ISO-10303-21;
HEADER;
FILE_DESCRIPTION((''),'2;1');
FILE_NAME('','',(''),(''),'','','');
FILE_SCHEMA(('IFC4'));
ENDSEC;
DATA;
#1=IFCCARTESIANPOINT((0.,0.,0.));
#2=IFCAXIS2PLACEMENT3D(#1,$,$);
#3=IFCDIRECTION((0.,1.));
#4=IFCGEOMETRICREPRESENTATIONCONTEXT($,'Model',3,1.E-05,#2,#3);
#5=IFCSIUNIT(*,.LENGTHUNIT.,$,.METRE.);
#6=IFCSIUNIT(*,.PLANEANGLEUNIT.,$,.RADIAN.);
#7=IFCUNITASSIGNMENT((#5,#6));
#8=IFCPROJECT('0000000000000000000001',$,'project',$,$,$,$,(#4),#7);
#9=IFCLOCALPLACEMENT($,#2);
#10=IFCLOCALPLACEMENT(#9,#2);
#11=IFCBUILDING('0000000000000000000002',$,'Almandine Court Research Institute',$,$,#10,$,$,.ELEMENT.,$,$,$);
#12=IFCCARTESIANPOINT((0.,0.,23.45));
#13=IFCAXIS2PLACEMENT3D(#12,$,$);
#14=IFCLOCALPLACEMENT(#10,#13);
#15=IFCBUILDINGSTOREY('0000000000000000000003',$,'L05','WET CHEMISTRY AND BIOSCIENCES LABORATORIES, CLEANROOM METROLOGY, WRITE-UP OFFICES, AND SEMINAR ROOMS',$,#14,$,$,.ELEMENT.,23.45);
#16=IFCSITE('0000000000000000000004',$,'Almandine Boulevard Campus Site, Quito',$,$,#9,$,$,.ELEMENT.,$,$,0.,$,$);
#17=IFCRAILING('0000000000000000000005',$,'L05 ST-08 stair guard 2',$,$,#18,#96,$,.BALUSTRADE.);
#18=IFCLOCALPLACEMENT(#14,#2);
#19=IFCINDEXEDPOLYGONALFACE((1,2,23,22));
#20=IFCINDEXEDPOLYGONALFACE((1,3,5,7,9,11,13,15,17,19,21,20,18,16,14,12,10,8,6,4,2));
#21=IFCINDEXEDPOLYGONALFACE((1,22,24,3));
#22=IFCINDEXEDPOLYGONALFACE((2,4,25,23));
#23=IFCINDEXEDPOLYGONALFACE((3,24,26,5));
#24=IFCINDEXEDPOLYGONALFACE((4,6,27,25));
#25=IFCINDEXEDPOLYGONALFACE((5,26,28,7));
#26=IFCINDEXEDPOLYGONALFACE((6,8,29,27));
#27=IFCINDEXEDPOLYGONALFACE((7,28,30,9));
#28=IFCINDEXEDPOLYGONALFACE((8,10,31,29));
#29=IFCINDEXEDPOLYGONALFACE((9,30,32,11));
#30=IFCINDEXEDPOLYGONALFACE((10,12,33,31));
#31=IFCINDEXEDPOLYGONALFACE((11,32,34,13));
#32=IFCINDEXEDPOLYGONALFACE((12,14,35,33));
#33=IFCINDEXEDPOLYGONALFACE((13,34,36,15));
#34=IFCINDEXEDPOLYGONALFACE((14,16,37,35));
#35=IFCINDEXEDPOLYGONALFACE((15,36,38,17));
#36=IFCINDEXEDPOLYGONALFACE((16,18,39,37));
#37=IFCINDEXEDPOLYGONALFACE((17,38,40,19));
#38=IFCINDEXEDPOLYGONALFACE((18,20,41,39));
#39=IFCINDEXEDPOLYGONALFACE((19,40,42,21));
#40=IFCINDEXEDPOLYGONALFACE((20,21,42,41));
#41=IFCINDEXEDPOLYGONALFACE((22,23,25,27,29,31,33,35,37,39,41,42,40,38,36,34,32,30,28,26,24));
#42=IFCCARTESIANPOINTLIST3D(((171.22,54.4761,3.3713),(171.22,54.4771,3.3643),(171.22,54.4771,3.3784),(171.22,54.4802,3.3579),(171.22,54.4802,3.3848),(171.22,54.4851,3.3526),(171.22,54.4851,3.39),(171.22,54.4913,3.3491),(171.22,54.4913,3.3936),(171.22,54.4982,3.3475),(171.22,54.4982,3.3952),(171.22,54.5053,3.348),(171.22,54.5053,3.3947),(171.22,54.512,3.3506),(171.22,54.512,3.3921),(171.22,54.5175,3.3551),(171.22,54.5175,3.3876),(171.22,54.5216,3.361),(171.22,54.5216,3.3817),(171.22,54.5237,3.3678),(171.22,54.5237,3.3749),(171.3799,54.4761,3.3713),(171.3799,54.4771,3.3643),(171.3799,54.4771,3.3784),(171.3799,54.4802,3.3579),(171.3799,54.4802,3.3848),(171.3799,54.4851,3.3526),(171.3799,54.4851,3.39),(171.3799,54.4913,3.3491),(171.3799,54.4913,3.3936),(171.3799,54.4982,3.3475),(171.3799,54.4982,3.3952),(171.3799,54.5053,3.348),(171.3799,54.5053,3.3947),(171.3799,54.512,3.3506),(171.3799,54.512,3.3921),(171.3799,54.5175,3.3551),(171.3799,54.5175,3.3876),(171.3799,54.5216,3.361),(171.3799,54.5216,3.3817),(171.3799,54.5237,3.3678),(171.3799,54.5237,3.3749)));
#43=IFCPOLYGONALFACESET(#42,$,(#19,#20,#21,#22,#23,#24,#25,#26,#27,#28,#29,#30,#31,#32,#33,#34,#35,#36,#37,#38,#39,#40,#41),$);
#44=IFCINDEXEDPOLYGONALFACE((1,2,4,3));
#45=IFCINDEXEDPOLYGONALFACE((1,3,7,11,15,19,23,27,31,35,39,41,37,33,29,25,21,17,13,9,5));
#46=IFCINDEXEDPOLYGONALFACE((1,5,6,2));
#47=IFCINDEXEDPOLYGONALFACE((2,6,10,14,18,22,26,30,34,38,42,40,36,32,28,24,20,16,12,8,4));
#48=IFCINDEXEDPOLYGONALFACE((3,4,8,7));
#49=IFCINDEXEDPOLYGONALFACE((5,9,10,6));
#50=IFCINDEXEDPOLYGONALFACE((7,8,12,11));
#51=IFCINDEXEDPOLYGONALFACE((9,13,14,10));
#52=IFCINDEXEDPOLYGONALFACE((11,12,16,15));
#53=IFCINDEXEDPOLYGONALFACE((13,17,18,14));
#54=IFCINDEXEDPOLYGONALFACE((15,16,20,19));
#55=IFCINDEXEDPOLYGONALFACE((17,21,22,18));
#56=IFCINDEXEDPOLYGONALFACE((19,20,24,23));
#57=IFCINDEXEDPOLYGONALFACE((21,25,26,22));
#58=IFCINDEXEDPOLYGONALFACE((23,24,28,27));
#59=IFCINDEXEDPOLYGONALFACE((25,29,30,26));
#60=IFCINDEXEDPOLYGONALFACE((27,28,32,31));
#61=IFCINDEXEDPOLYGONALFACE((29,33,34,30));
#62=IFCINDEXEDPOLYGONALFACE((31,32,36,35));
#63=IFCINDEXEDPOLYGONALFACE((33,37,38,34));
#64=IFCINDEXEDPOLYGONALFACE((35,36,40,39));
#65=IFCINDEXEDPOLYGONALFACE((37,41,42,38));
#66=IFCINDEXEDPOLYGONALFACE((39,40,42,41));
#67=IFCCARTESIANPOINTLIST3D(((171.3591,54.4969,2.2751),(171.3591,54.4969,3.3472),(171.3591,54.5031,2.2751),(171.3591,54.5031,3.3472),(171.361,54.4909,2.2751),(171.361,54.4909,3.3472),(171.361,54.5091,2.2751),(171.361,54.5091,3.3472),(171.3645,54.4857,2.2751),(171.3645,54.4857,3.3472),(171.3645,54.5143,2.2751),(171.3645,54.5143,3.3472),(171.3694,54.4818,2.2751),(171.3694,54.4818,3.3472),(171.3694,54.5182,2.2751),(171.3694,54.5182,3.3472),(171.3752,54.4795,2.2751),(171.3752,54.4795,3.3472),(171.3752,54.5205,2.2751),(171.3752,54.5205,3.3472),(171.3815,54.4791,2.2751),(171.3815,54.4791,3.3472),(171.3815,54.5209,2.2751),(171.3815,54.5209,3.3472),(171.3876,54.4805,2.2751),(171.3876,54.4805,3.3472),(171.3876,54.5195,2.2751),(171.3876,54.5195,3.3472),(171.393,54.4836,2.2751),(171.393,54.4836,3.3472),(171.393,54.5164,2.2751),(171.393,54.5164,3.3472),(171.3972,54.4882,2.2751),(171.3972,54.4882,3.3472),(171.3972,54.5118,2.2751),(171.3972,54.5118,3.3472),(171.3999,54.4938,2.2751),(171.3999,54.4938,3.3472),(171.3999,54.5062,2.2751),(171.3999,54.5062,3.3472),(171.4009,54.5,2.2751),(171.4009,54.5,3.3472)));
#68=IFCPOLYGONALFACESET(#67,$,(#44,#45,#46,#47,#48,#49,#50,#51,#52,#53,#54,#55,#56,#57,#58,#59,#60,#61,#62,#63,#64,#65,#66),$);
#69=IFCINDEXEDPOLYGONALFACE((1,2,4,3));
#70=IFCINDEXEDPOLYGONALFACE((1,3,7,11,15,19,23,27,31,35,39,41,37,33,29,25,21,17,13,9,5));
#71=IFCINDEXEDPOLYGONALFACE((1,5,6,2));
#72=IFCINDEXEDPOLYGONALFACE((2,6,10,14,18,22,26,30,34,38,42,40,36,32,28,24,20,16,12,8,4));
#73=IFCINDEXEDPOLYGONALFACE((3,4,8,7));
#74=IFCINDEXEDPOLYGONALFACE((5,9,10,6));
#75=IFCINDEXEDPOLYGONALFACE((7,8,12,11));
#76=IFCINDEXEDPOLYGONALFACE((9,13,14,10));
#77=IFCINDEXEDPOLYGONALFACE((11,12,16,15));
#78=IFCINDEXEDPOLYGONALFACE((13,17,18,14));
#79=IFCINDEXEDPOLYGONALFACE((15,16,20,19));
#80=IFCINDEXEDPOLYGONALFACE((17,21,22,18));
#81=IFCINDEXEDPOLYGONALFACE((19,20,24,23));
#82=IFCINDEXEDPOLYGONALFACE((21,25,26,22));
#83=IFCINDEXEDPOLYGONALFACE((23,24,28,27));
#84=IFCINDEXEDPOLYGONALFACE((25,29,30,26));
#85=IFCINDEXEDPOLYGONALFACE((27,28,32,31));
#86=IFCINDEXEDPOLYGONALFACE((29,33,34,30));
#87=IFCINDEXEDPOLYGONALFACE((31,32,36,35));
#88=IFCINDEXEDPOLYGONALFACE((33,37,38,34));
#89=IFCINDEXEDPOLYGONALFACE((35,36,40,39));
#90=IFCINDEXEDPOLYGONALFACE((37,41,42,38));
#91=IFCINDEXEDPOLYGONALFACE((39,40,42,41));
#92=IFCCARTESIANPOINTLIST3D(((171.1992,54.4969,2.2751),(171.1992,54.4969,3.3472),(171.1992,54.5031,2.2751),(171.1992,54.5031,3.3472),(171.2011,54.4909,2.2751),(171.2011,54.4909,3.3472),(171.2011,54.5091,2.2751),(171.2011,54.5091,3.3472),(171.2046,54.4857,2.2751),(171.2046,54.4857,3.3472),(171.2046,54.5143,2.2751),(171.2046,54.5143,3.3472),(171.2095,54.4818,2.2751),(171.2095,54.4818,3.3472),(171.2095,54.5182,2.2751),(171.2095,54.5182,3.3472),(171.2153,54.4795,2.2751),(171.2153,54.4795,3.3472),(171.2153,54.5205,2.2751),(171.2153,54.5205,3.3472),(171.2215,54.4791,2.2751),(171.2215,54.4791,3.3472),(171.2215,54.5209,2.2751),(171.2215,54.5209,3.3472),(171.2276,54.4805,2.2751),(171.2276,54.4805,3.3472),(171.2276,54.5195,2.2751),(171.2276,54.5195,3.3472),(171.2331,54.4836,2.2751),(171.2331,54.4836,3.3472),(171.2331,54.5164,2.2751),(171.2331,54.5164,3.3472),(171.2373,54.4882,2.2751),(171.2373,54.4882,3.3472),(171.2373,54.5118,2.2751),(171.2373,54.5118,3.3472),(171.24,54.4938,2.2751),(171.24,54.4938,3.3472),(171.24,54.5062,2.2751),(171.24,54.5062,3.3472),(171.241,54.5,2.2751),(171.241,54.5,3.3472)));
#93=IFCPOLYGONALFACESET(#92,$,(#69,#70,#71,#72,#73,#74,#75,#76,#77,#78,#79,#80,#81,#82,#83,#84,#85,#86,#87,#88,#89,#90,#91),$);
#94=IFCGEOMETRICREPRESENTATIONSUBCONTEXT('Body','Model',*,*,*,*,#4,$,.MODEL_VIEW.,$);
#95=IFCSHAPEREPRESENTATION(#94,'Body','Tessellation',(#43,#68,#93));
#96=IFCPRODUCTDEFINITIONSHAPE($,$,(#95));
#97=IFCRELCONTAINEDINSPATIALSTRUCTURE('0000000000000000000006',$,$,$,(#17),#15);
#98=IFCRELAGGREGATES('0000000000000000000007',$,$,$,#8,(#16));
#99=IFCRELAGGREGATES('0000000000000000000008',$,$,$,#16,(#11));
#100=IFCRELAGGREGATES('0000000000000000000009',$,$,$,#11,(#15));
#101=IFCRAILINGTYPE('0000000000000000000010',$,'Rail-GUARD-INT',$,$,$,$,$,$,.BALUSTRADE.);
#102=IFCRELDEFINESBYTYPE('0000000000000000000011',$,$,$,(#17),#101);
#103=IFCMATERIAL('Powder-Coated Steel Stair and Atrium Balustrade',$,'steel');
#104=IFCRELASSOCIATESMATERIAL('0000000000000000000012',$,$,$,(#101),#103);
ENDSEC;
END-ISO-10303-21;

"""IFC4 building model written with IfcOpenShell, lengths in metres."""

from ifc_helpers import new_model, si_unit, direction, frame, origin, origin_2d, place, context, subcontext, project, spatial, circle, extrude, material, type_object, element, save


model = new_model("IFC4")

# Units and contexts
model_context = context("Model", 3, precision=1e-05, world=origin(), true_north=direction((0.0, 1.0)))
body_context = subcontext(model_context, "Body", "Model", "MODEL_VIEW")
ifc_project = project(units=[si_unit("LENGTHUNIT", "METRE"), si_unit("PLANEANGLEUNIT", "RADIAN")], contexts=[model_context])

# Site, building, storey
site_placement = place(None, origin())
site = spatial("IfcSite", under=ifc_project, at=site_placement, Name="Almandine Boulevard Campus Site, Quito", CompositionType="ELEMENT", RefElevation=0.0)
building_placement = place(site_placement, origin())
building = spatial("IfcBuilding", under=site, at=building_placement, Name="Almandine Court Research Institute", CompositionType="ELEMENT")
storey_placement = place(building_placement, frame((0.0, 0.0, 23.45)))
storey = spatial("IfcBuildingStorey", under=building, at=storey_placement, Name="L05", Description="WET CHEMISTRY AND BIOSCIENCES LABORATORIES, CLEANROOM METROLOGY, WRITE-UP OFFICES, AND SEMINAR ROOMS", CompositionType="ELEMENT", Elevation=23.45)

# Railing
ifc_material_1 = material(Name="Powder-Coated Steel Stair and Atrium Balustrade", Category="steel")
railing_type_1 = type_object("IfcRailingType", Name="Rail-GUARD-INT", PredefinedType="BALUSTRADE", material=ifc_material_1)
railing_1_placement = place(storey_placement, frame((171.3799, 54.5, 2.2751)))
element("IfcRailing", 1, at=railing_1_placement, inside=storey, type_object=railing_type_1, Name="L05 ST-08 stair guard 2", PredefinedType="BALUSTRADE", context=body_context, shape_type="SweptSolid", body=[
    extrude(circle(Radius=0.0239, at=origin_2d()), frame((0.0, 0.0, 1.0962), z_axis=(-1.0, 0.0, 0.0), x_axis=(0.0, -1.0, 0.0)), (0.0, 0.0, 1.0), 0.1599),
    extrude(circle(Radius=0.021, at=origin_2d()), origin(), (0.0, 0.0, 1.0), 1.072),
    extrude(circle(Radius=0.021, at=origin_2d()), frame((-0.1599, 0.0, 0.0)), (0.0, 0.0, 1.0), 1.072),
])

save(model, "model.ifc")
